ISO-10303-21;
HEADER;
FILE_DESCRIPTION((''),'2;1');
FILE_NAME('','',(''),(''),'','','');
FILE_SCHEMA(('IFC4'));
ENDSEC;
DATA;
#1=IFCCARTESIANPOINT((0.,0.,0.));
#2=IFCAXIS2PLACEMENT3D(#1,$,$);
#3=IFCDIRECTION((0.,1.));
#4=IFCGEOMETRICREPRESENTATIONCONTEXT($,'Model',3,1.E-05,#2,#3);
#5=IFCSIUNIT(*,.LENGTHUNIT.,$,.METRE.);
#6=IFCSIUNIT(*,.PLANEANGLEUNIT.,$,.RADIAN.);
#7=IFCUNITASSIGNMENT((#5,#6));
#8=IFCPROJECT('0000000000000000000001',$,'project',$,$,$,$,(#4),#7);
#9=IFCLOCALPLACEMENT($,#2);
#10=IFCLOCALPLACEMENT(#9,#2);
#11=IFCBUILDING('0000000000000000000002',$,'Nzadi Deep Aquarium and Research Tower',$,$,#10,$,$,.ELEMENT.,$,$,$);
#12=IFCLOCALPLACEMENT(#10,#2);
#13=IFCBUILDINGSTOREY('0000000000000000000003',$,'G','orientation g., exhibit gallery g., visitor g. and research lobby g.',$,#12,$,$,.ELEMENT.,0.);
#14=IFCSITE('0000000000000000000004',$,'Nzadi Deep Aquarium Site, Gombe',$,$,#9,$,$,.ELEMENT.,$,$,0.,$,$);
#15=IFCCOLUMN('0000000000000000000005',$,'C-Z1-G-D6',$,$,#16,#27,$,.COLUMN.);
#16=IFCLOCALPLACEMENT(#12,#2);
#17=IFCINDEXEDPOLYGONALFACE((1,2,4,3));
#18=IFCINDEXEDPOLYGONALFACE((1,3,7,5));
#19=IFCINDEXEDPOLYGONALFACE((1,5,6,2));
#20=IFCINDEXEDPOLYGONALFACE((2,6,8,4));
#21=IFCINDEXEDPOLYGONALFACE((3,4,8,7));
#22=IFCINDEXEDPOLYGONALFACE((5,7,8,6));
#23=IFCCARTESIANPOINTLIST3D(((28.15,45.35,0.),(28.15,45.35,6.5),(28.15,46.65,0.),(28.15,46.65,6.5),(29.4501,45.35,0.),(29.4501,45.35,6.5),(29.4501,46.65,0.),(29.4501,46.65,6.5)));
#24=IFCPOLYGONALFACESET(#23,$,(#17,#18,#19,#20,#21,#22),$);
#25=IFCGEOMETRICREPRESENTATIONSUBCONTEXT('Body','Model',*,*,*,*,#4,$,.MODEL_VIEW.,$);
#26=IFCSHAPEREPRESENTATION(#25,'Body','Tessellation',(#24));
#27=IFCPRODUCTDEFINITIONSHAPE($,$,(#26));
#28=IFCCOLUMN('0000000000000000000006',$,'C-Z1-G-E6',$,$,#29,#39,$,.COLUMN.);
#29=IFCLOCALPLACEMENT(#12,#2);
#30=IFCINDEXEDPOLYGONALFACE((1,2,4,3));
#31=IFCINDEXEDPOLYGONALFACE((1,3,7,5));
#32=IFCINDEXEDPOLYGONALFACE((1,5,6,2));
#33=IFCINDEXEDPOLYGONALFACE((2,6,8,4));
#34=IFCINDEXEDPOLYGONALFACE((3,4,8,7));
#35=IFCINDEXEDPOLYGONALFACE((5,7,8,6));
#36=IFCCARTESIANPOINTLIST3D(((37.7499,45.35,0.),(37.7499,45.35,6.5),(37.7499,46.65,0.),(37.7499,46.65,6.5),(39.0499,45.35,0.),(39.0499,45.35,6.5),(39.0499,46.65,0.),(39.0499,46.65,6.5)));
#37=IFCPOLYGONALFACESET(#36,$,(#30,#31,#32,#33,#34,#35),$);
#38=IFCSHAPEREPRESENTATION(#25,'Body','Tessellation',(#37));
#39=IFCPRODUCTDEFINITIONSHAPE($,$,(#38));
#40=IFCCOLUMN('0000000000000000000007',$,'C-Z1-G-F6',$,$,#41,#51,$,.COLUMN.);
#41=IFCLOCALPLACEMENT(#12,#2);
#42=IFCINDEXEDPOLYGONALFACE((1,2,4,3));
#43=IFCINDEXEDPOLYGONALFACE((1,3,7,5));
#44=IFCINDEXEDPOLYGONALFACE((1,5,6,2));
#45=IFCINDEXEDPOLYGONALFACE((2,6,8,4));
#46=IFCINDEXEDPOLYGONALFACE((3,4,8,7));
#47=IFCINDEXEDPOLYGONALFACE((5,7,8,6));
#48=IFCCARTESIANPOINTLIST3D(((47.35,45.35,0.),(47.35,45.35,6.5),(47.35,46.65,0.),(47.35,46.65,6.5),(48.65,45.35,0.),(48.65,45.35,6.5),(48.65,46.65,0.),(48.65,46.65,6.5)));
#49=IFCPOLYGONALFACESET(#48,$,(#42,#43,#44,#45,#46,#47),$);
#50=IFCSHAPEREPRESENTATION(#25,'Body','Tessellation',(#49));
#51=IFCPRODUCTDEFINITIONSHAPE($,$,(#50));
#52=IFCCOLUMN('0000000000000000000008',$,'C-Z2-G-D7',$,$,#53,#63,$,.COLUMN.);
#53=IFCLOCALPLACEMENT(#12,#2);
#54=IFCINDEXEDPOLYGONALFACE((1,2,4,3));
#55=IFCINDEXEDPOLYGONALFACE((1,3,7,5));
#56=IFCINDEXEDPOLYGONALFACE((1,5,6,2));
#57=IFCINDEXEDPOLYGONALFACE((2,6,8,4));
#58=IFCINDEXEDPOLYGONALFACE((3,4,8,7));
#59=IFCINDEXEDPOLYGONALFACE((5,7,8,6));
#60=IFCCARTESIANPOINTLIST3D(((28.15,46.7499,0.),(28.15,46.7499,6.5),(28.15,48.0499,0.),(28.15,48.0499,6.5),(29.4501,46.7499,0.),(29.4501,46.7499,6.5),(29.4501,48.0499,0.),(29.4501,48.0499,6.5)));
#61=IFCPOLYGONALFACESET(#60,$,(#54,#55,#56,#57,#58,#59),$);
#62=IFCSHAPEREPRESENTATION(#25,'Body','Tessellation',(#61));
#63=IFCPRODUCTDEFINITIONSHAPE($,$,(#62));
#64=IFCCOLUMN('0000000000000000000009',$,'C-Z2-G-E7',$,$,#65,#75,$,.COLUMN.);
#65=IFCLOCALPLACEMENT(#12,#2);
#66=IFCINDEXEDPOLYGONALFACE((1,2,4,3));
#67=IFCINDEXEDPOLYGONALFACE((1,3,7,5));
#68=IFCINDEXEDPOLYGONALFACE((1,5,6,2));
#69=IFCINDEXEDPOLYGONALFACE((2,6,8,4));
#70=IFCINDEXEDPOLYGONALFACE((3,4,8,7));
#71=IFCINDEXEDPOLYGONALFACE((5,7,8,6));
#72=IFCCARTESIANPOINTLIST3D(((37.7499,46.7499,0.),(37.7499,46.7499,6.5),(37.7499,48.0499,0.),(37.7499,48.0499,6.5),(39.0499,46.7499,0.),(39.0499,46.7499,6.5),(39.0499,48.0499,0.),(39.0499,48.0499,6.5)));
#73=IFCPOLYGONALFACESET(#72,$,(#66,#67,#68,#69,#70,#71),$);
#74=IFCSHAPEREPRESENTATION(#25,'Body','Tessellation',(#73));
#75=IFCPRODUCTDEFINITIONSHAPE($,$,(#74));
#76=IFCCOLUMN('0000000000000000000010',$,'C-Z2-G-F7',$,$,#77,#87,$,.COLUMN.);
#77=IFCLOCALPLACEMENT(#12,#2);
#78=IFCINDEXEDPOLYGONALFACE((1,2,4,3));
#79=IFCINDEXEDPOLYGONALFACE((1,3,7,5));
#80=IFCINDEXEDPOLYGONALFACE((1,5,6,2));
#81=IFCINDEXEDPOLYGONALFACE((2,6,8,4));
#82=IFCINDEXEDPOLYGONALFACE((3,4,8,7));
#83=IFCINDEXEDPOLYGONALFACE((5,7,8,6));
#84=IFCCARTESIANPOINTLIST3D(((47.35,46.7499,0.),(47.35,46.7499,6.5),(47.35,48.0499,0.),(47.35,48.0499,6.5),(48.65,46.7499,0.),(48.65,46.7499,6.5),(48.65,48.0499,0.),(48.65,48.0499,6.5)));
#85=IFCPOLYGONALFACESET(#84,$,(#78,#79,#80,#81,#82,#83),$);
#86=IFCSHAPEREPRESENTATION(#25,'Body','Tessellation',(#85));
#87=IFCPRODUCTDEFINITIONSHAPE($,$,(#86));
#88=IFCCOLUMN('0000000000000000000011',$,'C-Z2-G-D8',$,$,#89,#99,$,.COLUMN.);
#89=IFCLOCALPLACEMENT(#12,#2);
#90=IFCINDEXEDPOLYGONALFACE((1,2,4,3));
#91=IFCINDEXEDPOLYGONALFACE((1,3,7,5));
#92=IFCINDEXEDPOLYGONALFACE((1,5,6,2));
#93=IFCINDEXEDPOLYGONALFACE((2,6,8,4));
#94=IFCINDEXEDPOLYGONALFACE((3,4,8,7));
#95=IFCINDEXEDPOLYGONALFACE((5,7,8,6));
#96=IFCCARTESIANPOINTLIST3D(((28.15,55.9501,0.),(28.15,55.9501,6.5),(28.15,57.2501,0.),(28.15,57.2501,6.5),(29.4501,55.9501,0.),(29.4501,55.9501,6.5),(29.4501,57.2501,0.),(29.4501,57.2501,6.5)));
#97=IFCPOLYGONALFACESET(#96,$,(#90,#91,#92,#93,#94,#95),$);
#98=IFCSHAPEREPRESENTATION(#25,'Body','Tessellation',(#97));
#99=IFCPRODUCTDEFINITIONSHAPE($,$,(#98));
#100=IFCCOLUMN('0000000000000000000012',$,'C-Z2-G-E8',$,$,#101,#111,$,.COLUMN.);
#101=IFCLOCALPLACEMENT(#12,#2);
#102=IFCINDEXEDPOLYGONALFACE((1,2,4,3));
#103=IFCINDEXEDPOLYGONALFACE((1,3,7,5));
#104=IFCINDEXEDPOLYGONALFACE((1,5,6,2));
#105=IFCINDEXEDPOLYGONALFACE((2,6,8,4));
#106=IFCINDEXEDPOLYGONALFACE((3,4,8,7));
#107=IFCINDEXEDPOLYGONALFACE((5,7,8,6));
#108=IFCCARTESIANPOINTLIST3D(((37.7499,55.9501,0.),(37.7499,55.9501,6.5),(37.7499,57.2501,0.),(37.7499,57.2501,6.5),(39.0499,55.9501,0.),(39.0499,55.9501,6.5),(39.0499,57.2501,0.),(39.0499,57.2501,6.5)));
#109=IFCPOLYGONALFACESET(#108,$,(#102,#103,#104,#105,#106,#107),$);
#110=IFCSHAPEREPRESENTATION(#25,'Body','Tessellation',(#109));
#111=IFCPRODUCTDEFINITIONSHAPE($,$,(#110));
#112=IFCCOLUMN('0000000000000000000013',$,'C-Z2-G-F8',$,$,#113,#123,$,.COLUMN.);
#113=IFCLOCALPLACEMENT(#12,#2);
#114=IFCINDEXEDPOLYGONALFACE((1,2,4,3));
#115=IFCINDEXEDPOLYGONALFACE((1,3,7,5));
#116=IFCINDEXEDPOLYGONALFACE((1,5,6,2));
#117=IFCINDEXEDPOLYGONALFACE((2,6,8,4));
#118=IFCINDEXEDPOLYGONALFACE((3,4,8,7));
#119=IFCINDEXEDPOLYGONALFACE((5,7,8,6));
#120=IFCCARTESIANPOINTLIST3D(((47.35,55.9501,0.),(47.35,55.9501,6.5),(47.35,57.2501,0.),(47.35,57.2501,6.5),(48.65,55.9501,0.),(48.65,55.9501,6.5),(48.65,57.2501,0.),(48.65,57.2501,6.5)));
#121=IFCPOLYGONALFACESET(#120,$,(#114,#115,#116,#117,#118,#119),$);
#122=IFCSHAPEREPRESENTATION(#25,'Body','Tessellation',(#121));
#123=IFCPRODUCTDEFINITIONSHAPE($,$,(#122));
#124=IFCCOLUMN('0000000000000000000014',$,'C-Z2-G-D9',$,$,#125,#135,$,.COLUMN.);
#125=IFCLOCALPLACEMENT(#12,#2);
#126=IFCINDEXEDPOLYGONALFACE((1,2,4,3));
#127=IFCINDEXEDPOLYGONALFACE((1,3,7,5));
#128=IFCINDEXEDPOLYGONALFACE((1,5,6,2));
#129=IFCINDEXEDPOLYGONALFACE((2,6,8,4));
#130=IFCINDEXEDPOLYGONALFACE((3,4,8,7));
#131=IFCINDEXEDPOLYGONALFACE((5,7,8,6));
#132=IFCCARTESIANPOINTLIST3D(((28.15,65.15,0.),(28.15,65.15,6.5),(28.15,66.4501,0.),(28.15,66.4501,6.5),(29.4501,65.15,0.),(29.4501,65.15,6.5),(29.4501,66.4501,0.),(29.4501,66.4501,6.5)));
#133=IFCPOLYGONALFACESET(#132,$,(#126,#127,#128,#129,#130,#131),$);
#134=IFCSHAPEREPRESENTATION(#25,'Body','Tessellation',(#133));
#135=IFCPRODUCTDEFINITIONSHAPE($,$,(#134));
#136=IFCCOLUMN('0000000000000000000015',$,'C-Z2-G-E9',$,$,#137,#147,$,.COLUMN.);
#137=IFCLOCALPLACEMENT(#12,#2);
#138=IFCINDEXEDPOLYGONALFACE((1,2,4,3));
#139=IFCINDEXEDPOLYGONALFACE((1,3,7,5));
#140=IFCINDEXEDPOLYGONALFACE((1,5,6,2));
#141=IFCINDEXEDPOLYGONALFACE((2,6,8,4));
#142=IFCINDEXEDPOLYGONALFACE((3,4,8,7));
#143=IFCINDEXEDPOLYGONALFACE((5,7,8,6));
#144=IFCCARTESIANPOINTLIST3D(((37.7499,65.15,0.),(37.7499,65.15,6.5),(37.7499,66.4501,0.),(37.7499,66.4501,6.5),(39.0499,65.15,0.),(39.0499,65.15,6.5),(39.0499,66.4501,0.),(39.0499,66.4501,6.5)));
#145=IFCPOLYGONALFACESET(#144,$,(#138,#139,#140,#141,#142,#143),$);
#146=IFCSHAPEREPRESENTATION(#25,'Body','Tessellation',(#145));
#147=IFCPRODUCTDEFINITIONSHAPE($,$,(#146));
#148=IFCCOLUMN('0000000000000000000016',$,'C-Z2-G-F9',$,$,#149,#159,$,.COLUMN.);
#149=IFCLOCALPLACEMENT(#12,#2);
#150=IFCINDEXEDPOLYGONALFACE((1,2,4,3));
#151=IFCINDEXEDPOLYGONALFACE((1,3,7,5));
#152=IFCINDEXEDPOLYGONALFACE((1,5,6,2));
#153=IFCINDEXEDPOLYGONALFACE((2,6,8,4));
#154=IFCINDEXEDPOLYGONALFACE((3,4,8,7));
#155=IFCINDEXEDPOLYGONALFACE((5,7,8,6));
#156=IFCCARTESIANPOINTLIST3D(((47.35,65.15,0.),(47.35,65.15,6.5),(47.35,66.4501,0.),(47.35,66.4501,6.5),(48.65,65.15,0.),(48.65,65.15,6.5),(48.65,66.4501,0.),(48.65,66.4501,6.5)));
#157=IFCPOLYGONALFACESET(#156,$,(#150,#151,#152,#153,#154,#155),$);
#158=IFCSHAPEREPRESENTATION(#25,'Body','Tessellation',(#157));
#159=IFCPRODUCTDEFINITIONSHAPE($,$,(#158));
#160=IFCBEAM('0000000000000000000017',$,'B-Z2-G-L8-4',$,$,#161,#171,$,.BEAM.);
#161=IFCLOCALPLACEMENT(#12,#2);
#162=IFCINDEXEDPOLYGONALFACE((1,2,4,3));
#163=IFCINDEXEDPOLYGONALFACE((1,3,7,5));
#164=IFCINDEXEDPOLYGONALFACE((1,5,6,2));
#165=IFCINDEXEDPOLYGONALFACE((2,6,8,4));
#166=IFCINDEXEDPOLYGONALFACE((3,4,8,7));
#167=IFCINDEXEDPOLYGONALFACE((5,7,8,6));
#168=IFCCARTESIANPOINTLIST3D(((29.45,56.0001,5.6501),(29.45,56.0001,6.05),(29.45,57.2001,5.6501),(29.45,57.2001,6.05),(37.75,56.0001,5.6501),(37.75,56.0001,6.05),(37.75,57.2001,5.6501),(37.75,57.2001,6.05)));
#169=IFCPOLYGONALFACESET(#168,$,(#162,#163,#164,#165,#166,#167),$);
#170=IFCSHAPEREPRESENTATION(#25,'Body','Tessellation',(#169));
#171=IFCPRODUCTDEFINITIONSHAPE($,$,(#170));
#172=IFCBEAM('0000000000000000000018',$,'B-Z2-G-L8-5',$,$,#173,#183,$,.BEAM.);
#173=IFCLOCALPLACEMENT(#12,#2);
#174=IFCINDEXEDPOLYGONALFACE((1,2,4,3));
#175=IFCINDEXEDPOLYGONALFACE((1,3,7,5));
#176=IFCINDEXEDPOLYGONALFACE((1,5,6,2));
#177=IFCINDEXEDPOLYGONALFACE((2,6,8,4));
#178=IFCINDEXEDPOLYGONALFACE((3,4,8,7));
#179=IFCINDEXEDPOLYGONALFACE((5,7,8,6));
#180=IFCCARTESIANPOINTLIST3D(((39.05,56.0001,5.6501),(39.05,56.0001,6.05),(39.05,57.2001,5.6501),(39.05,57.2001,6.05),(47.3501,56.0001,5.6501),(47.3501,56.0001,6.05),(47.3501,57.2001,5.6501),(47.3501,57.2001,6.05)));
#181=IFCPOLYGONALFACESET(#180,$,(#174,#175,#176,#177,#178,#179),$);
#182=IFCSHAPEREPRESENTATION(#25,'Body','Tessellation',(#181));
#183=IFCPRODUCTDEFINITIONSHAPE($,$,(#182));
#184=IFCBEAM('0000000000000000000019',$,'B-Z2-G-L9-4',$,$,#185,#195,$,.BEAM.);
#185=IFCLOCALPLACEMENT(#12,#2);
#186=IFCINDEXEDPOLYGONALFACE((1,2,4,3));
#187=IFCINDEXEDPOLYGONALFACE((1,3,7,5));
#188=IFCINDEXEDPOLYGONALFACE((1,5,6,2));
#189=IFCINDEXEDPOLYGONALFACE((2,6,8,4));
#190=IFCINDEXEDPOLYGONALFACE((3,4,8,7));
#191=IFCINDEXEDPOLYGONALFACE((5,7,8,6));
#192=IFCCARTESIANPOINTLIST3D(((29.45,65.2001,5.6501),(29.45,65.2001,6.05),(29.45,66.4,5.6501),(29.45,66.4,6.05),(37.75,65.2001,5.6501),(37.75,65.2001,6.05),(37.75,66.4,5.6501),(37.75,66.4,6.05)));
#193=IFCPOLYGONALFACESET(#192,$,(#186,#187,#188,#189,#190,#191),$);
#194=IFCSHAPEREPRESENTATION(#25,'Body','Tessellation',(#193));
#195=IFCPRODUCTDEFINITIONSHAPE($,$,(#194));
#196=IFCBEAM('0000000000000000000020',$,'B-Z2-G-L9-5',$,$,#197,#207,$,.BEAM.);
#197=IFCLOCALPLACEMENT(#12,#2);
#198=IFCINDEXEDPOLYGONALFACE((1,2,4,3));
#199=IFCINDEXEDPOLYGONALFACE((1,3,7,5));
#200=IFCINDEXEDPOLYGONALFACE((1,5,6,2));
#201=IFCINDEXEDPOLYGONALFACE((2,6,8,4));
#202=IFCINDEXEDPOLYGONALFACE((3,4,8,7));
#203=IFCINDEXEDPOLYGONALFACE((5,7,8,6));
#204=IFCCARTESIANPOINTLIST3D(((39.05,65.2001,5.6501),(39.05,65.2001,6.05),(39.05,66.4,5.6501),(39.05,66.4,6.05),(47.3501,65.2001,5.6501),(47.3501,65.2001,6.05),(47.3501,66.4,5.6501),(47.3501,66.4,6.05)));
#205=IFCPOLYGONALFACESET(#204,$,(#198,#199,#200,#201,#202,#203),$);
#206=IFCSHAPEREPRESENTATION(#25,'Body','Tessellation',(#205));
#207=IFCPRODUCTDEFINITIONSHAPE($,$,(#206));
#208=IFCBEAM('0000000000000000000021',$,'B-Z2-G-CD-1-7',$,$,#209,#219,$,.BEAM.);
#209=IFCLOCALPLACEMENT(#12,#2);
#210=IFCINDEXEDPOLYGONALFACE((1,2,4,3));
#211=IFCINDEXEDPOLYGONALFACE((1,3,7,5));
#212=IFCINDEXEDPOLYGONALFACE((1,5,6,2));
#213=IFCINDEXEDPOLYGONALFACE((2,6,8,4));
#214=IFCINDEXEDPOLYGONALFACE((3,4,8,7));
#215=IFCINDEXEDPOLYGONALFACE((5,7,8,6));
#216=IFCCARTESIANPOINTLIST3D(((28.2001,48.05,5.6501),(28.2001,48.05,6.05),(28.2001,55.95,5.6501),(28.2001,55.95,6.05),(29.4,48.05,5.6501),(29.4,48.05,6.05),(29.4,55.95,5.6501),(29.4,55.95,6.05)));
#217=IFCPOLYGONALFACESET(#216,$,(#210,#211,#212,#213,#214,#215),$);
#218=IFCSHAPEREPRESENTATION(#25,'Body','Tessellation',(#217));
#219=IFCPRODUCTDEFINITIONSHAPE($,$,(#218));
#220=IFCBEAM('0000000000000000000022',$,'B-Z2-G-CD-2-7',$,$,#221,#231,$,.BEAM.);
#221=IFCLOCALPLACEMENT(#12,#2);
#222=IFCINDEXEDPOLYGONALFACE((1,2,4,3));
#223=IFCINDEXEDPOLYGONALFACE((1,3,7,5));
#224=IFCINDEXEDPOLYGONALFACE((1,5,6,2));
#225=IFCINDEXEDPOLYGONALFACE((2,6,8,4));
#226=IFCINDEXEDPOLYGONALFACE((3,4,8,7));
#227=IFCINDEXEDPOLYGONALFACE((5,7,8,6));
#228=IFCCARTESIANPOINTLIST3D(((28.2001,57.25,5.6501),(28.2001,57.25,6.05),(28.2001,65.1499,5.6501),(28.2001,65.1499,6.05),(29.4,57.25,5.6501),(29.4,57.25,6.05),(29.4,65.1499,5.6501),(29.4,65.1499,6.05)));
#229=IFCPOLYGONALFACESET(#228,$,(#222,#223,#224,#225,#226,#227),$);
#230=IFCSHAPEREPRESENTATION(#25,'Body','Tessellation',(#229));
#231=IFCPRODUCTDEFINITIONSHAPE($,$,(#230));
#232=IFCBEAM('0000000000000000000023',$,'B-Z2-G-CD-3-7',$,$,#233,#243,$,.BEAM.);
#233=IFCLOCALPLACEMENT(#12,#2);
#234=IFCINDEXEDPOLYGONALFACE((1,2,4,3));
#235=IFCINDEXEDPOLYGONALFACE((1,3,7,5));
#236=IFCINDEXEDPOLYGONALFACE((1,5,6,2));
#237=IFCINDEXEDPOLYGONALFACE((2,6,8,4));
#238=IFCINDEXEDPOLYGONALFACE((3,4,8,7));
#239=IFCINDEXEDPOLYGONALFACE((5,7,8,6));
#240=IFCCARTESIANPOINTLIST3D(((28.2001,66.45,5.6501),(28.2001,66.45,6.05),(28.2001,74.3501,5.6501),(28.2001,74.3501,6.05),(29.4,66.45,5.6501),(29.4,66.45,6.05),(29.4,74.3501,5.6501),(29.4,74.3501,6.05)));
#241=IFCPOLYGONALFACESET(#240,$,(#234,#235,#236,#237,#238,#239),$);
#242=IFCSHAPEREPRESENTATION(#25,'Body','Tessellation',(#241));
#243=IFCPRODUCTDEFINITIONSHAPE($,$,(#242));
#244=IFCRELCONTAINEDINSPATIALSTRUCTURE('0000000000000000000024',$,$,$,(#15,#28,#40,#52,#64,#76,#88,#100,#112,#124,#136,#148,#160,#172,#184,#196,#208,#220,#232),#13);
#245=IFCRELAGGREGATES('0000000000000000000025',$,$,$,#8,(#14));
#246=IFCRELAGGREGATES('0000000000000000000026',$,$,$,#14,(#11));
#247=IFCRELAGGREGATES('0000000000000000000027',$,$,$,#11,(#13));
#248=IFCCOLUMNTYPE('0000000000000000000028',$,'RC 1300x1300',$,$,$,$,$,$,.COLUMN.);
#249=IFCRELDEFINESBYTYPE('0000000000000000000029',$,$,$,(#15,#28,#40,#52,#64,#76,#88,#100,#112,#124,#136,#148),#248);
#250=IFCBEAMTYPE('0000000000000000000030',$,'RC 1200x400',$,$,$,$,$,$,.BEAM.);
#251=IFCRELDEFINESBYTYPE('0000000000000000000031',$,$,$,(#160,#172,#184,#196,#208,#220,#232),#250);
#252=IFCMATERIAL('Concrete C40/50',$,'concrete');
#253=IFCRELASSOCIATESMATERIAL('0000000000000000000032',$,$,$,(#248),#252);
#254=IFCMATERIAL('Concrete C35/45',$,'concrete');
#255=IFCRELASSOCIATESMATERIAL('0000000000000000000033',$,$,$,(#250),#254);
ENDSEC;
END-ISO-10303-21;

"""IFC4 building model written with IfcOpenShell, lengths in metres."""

from ifc_helpers import new_model, si_unit, direction, frame, origin, origin_2d, place, context, subcontext, project, spatial, rectangle, extrude, material, material_profile, profile_set, type_object, element, save


model = new_model("IFC4")

# Units and contexts
model_context = context("Model", 3, precision=1e-05, world=origin(), true_north=direction((0.0, 1.0)))
body_context = subcontext(model_context, "Body", "Model", "MODEL_VIEW")
ifc_project = project(units=[si_unit("LENGTHUNIT", "METRE"), si_unit("PLANEANGLEUNIT", "RADIAN")], contexts=[model_context])

# Site, building, storey
site_placement = place(None, origin())
site = spatial("IfcSite", under=ifc_project, at=site_placement, Name="Nzadi Deep Aquarium Site, Gombe", CompositionType="ELEMENT", RefElevation=0.0)
building_placement = place(site_placement, origin())
building = spatial("IfcBuilding", under=site, at=building_placement, Name="Nzadi Deep Aquarium and Research Tower", CompositionType="ELEMENT")
storey_placement = place(building_placement, origin())
storey = spatial("IfcBuildingStorey", under=building, at=storey_placement, Name="G", Description="orientation g., exhibit gallery g., visitor g. and research lobby g.", CompositionType="ELEMENT", Elevation=0.0)

# Columns
ifc_material_1 = material(Name="Concrete C40/50", Category="concrete")
ifc_material_profile_1 = material_profile(ifc_material_1, rectangle(XDim=1.3, YDim=1.3, at=origin_2d()))
ifc_profile_set_1 = profile_set([ifc_material_profile_1], Name="Concrete C40/50")
column_type = type_object("IfcColumnType", Name="RC 1300x1300", PredefinedType="COLUMN", material=ifc_profile_set_1)
for number, where, z_axis, x_axis, name in (
    (1, (28.8, 46.0, 0.0), (0.0, 0.0, 1.0), (1.0, 0.0, 0.0), "C-Z1-G-D6"),
    (2, (38.3999, 46.0, 0.0), (0.0, 0.0, 1.0), (1.0, 0.0, 0.0), "C-Z1-G-E6"),
    (3, (48.0, 46.0, 0.0), (0.0, 0.0, 1.0), (1.0, 0.0, 0.0), "C-Z1-G-F6"),
    (4, (28.8, 47.3999, 0.0), (0.0, 0.0, 1.0), (1.0, 0.0, 0.0), "C-Z2-G-D7"),
    (5, (38.3999, 47.3999, 0.0), (0.0, 0.0, 1.0), (1.0, 0.0, 0.0), "C-Z2-G-E7"),
    (6, (48.0, 47.3999, 0.0), (0.0, 0.0, 1.0), (1.0, 0.0, 0.0), "C-Z2-G-F7"),
    (7, (28.8, 56.6001, 0.0), (0.0, 0.0, 1.0), (1.0, 0.0, 0.0), "C-Z2-G-D8"),
    (8, (38.3999, 56.6001, 0.0), (0.0, 0.0, 1.0), (1.0, 0.0, 0.0), "C-Z2-G-E8"),
    (9, (48.0, 56.6001, 0.0), (0.0, 0.0, 1.0), (1.0, 0.0, 0.0), "C-Z2-G-F8"),
    (10, (28.8, 65.8, 0.0), (0.0, 0.0, 1.0), (1.0, 0.0, 0.0), "C-Z2-G-D9"),
    (11, (38.3999, 65.8, 0.0), (0.0, 0.0, 1.0), (1.0, 0.0, 0.0), "C-Z2-G-E9"),
    (12, (48.0, 65.8, 0.0), (0.0, 0.0, 1.0), (1.0, 0.0, 0.0), "C-Z2-G-F9"),
):
    element("IfcColumn", number, at=place(storey_placement, frame(where, z_axis=z_axis, x_axis=x_axis)), inside=storey, type_object=column_type, Name=name, PredefinedType="COLUMN", context=body_context, shape_type="SweptSolid", body=[
        extrude(rectangle(XDim=1.3, YDim=1.3, at=origin_2d()), origin(), (0.0, 0.0, 1.0), 6.5),
    ])

# Beams
ifc_material_2 = material(Name="Concrete C35/45", Category="concrete")
ifc_material_profile_2 = material_profile(ifc_material_2, rectangle(XDim=1.2, YDim=0.3999, at=origin_2d()))
ifc_profile_set_2 = profile_set([ifc_material_profile_2], Name="Concrete C35/45")
beam_type_1 = type_object("IfcBeamType", Name="RC 1200x400", PredefinedType="BEAM", material=ifc_profile_set_2)
for number, where, z_axis, x_axis, name in (
    (13, (29.45, 56.6001, 5.8501), (1.0, 0.0, 0.0), (0.0, 1.0, 0.0), "B-Z2-G-L8-4"),
    (14, (39.05, 56.6001, 5.8501), (1.0, 0.0, 0.0), (0.0, 1.0, 0.0), "B-Z2-G-L8-5"),
    (15, (29.45, 65.8, 5.8501), (1.0, 0.0, 0.0), (0.0, 1.0, 0.0), "B-Z2-G-L9-4"),
    (16, (39.05, 65.8, 5.8501), (1.0, 0.0, 0.0), (0.0, 1.0, 0.0), "B-Z2-G-L9-5"),
):
    element("IfcBeam", number, at=place(storey_placement, frame(where, z_axis=z_axis, x_axis=x_axis)), inside=storey, type_object=beam_type_1, Name=name, PredefinedType="BEAM", context=body_context, shape_type="SweptSolid", body=[
        extrude(rectangle(XDim=1.2, YDim=0.3999, at=origin_2d()), origin(), (0.0, 0.0, 1.0), 8.3),
    ])
for number, where, z_axis, x_axis, name in (
    (17, (28.8, 48.05, 5.8501), (0.0, 1.0, 0.0), (-1.0, 0.0, 0.0), "B-Z2-G-CD-1-7"),
    (18, (28.8, 57.25, 5.8501), (0.0, 1.0, 0.0), (-1.0, 0.0, 0.0), "B-Z2-G-CD-2-7"),
):
    element("IfcBeam", number, at=place(storey_placement, frame(where, z_axis=z_axis, x_axis=x_axis)), inside=storey, type_object=beam_type_1, Name=name, PredefinedType="BEAM", context=body_context, shape_type="SweptSolid", body=[
        extrude(rectangle(XDim=1.2, YDim=0.3999, at=origin_2d()), origin(), (0.0, 0.0, 1.0), 7.8999),
    ])
beam_1_placement = place(storey_placement, frame((28.8, 66.45, 5.8501), z_axis=(0.0, 1.0, 0.0), x_axis=(-1.0, 0.0, 0.0)))
element("IfcBeam", 19, at=beam_1_placement, inside=storey, type_object=beam_type_1, Name="B-Z2-G-CD-3-7", PredefinedType="BEAM", context=body_context, shape_type="SweptSolid", body=[
    extrude(rectangle(XDim=1.2, YDim=0.3999, at=origin_2d()), origin(), (0.0, 0.0, 1.0), 7.9001),
])

save(model, "model.ifc")
